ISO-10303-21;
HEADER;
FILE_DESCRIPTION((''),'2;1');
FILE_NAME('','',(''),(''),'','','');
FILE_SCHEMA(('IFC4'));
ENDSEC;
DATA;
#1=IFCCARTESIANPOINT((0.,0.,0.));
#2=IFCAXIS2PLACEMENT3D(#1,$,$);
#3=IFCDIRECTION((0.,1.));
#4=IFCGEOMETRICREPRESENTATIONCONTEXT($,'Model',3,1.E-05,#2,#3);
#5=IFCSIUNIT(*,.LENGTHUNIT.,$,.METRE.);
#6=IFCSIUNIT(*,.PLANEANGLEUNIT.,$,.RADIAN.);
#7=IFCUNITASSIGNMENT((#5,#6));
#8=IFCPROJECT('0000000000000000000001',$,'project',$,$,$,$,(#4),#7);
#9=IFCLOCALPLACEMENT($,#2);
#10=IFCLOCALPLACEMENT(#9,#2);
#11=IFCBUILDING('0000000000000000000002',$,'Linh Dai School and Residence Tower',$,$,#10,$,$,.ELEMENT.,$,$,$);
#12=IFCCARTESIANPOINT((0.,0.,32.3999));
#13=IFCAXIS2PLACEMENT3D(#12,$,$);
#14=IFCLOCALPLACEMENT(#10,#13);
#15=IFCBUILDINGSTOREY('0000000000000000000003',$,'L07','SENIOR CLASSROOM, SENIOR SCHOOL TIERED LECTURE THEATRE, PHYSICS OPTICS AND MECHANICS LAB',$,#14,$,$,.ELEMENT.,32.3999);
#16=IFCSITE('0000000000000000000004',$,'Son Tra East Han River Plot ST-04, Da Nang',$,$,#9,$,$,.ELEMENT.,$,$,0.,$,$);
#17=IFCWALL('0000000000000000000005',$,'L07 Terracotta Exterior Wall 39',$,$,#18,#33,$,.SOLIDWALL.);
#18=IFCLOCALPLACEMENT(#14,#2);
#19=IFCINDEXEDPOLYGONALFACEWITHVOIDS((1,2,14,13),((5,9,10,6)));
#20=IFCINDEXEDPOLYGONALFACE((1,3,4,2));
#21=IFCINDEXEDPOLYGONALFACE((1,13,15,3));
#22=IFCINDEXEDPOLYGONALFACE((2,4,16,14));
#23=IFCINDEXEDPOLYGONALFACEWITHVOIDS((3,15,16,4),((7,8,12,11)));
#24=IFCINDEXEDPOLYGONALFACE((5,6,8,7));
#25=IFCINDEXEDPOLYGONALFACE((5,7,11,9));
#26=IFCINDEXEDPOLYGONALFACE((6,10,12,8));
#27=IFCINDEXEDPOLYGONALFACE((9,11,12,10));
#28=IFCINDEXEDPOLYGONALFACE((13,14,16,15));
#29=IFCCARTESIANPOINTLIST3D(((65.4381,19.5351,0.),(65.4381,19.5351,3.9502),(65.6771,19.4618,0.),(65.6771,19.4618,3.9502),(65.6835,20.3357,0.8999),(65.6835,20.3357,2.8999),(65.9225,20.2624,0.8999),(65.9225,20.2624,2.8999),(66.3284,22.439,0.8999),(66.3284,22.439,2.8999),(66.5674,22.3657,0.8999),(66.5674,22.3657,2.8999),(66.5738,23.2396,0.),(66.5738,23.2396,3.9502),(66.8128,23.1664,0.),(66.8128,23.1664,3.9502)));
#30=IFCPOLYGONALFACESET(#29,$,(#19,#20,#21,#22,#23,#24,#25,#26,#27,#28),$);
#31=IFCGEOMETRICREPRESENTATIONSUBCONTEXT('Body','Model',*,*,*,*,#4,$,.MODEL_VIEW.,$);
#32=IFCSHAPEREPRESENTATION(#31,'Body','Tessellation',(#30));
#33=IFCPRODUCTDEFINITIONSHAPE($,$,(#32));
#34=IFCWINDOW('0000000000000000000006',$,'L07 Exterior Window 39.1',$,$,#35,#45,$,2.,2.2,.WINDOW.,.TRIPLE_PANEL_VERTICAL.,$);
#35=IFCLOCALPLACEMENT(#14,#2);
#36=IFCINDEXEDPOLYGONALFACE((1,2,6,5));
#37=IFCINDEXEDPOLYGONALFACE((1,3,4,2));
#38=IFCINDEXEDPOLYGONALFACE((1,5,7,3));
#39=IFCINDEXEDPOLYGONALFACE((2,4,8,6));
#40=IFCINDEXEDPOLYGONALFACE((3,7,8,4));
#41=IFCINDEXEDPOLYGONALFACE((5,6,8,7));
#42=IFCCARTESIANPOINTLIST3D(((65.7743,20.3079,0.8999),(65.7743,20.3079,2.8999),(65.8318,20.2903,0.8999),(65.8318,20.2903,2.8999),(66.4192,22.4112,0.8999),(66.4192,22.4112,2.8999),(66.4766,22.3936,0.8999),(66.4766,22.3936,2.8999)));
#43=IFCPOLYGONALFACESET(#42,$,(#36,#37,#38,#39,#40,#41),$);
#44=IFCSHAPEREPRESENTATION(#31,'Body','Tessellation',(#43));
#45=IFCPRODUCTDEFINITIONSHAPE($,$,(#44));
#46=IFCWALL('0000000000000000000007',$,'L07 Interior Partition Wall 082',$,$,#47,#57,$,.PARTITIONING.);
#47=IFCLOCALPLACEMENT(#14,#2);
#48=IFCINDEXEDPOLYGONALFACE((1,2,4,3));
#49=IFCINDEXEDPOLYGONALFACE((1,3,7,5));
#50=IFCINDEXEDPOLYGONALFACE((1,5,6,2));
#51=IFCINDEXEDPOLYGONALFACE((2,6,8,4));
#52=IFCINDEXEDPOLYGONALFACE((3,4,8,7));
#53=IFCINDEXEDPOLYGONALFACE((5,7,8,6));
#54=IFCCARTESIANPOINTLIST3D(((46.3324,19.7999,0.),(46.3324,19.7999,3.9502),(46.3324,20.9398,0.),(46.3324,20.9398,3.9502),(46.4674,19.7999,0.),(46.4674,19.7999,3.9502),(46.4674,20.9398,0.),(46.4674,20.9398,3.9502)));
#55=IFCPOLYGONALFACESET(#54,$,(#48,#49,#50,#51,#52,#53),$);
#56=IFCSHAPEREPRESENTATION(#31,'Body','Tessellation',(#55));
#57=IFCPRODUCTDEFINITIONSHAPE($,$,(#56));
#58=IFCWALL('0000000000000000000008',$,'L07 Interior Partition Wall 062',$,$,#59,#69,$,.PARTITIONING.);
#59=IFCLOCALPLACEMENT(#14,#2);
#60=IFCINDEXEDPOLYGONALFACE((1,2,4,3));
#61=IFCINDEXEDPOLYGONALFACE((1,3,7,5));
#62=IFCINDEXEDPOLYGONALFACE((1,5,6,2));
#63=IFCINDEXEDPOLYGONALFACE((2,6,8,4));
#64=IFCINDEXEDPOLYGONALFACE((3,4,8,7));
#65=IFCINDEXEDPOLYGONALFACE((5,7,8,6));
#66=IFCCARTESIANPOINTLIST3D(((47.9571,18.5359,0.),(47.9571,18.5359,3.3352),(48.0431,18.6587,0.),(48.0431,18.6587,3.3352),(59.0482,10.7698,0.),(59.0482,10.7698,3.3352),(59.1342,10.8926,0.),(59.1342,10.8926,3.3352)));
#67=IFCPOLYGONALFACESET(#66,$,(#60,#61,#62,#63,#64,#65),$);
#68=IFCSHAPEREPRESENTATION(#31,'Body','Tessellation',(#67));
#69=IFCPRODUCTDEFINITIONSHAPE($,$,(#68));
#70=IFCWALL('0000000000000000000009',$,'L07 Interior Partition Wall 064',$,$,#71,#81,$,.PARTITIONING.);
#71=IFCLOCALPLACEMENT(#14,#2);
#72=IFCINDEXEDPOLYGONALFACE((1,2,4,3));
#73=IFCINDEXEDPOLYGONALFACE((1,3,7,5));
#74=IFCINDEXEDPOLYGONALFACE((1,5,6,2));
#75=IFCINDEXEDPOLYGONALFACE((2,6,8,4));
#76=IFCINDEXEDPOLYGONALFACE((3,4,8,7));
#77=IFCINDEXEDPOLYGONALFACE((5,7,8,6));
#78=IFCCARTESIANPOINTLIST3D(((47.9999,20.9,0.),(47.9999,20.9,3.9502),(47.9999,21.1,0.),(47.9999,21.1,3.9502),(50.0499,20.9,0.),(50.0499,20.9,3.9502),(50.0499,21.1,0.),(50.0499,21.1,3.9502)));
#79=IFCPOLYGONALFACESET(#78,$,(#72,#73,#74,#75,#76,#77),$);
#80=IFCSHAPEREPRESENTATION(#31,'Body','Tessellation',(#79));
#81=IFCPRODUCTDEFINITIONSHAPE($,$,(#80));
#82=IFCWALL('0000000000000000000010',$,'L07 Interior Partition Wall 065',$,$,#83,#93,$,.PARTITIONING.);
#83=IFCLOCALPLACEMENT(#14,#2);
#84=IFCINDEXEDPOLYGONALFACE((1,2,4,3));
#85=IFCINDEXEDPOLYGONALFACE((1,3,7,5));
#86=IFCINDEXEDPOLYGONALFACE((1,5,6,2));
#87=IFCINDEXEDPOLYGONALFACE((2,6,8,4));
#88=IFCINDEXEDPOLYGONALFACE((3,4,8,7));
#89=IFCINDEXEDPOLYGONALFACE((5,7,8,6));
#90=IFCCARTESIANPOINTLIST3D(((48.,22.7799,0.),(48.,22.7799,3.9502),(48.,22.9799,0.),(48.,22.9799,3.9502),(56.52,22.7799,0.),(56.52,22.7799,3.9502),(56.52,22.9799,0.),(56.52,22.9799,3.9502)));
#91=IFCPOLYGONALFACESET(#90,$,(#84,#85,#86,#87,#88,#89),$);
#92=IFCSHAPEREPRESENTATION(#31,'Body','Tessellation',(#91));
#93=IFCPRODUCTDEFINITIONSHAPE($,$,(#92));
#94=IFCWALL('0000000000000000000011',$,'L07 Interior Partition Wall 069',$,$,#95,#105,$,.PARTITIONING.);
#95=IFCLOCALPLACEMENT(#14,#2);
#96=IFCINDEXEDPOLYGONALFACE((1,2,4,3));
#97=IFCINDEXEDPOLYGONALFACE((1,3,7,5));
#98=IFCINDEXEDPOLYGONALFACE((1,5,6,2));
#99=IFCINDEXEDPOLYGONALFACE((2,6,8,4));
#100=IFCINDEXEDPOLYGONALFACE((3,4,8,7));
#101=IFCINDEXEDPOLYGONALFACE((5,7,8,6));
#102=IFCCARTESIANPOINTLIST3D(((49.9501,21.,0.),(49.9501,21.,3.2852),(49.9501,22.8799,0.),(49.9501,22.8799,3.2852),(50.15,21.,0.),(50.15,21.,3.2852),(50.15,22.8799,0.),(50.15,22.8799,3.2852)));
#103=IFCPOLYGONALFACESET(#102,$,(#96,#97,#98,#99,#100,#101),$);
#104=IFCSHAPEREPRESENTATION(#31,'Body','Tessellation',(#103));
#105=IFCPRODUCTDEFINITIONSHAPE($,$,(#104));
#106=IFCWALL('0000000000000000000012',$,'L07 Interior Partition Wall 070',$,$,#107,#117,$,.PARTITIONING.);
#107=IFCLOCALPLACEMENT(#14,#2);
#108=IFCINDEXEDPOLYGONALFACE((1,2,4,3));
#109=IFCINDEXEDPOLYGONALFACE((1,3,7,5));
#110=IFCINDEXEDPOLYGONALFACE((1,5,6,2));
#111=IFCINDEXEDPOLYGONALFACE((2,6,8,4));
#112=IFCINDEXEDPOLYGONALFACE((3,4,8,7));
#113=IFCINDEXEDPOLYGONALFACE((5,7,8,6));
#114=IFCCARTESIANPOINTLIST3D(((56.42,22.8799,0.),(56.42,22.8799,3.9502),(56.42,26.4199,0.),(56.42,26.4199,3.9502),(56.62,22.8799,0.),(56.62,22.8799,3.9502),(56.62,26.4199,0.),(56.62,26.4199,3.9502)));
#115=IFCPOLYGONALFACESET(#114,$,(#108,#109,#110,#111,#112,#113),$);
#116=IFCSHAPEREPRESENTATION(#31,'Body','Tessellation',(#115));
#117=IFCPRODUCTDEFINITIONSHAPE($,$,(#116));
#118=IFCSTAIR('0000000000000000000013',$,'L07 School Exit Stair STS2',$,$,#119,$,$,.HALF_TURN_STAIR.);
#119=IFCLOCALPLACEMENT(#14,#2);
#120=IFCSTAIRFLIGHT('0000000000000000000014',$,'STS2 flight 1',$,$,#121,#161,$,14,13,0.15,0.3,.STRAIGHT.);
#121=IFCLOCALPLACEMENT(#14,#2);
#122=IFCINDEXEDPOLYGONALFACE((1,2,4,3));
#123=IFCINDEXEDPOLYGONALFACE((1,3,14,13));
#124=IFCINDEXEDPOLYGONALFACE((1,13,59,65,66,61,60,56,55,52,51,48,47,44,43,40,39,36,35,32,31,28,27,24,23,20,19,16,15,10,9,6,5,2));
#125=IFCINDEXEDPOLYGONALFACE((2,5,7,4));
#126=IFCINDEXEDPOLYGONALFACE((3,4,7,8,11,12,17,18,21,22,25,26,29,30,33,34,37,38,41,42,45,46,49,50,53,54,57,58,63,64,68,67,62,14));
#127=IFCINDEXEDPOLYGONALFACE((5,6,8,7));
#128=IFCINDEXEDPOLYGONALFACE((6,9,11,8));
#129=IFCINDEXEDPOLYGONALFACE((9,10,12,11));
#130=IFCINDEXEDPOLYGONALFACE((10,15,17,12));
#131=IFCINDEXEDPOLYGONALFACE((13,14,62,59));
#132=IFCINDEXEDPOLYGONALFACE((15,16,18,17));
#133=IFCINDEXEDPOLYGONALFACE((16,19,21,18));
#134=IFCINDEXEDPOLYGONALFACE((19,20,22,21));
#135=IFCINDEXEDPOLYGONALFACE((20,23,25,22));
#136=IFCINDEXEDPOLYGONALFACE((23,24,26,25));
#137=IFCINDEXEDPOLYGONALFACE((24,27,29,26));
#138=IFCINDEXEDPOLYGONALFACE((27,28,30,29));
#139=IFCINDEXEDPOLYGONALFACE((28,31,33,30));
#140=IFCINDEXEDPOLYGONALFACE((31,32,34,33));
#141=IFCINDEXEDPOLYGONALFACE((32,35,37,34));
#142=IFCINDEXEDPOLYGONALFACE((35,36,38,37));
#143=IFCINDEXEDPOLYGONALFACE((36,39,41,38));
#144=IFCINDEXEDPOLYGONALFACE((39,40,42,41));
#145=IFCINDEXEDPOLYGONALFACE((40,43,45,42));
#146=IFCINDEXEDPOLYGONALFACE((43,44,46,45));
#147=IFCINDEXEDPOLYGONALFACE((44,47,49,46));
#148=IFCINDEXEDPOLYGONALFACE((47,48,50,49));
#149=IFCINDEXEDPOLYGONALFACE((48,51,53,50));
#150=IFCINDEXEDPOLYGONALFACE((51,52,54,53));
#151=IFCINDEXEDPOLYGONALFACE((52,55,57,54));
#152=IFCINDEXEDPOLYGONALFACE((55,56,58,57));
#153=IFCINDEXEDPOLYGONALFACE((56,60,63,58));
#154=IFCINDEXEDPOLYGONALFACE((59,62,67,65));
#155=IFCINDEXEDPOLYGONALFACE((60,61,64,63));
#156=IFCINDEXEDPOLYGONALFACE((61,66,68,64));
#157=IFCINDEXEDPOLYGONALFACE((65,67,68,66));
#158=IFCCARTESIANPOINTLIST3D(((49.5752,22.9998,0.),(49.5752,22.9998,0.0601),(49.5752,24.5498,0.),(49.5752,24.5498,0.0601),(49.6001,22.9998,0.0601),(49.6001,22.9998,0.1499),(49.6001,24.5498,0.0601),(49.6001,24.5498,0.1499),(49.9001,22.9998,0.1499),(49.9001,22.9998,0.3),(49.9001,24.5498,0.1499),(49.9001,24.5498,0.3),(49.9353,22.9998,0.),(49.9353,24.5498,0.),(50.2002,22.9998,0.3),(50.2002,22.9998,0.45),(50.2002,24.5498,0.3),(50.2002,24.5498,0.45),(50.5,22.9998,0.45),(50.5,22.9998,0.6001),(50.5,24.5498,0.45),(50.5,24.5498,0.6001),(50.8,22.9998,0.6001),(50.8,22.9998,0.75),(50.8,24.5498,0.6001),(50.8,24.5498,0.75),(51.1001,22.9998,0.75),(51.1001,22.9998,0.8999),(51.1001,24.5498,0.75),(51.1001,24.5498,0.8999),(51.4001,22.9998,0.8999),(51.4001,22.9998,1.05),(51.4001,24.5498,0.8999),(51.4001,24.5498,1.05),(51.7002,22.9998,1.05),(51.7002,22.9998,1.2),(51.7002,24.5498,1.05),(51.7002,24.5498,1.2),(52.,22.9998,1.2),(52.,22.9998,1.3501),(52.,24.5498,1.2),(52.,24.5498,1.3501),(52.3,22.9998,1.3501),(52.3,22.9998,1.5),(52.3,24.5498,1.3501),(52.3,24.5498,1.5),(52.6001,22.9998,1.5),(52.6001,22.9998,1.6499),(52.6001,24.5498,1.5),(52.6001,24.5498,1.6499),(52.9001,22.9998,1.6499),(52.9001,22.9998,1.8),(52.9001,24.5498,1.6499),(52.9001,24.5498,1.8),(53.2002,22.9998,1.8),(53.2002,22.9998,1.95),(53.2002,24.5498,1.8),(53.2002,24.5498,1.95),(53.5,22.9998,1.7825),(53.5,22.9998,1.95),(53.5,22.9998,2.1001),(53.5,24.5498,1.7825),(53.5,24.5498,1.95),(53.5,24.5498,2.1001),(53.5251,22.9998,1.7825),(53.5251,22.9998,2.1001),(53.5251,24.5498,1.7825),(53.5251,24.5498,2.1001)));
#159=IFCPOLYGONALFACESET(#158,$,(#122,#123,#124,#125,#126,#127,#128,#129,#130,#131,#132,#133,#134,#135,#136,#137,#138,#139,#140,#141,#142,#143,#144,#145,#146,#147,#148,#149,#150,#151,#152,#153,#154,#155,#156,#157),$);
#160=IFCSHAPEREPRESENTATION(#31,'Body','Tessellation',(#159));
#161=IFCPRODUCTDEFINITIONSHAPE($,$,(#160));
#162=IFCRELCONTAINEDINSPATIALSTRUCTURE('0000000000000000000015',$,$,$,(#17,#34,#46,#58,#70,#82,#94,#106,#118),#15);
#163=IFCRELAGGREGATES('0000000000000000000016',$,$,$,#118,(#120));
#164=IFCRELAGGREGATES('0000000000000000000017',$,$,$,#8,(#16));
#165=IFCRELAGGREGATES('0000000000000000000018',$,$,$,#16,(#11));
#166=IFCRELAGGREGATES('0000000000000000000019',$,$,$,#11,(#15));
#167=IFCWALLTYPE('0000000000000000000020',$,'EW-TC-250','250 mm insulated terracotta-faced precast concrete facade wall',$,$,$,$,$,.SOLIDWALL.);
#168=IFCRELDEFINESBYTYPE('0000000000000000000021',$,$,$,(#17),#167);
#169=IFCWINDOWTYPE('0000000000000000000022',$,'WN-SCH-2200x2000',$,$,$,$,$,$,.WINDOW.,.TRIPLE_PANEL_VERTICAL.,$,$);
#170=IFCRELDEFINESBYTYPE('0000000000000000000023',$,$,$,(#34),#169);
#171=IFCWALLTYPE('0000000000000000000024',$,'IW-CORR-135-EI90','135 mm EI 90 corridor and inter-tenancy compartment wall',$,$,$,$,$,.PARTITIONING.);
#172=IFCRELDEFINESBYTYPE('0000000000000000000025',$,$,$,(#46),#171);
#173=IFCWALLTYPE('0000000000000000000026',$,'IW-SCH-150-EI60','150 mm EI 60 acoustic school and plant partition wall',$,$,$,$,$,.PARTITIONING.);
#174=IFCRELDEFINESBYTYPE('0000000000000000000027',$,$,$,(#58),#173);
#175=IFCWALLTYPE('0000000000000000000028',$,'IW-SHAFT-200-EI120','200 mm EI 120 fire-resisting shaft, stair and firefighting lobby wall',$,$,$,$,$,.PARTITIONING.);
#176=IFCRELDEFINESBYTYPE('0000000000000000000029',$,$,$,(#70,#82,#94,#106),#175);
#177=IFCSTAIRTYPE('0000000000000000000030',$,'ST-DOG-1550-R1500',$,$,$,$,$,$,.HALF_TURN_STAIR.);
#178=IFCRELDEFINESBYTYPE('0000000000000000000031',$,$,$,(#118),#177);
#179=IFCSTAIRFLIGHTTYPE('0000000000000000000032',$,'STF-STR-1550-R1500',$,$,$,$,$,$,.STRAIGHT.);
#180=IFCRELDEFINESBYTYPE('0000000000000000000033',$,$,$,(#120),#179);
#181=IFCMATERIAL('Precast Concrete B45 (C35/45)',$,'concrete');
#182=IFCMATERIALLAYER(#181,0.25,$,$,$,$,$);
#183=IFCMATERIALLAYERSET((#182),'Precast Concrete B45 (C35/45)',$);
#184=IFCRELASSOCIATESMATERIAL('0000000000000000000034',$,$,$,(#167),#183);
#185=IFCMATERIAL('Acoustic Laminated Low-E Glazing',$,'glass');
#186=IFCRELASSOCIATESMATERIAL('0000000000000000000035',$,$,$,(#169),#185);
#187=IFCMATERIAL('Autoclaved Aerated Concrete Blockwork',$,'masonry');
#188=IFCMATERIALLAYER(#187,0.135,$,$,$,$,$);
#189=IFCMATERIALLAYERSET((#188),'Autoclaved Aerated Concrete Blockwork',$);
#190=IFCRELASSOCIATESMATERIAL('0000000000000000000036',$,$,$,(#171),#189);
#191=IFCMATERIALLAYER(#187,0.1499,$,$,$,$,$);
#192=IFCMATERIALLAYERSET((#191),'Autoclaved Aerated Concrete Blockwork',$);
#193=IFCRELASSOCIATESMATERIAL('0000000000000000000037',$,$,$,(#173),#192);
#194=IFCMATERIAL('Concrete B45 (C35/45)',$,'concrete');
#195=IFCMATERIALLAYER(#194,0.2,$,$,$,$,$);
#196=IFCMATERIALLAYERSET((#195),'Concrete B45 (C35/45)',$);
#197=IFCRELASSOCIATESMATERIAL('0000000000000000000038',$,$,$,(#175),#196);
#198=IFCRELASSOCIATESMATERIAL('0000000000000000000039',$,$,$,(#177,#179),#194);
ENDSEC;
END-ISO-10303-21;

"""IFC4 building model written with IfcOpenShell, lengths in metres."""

from ifc_helpers import new_model, si_unit, direction, frame, frame_2d, origin, origin_2d, place, context, subcontext, project, spatial, polyline, rectangle, outline, extrude, source, transform, mapped, material, layer, layer_set, type_object, element, fill, aggregate, save


model = new_model("IFC4")

# Units and contexts
model_context = context("Model", 3, precision=1e-05, world=origin(), true_north=direction((0.0, 1.0)))
body_context = subcontext(model_context, "Body", "Model", "MODEL_VIEW")
ifc_project = project(units=[si_unit("LENGTHUNIT", "METRE"), si_unit("PLANEANGLEUNIT", "RADIAN")], contexts=[model_context])

# Site, building, storey
site_placement = place(None, origin())
site = spatial("IfcSite", under=ifc_project, at=site_placement, Name="Son Tra East Han River Plot ST-04, Da Nang", CompositionType="ELEMENT", RefElevation=0.0)
building_placement = place(site_placement, origin())
building = spatial("IfcBuilding", under=site, at=building_placement, Name="Linh Dai School and Residence Tower", CompositionType="ELEMENT")
storey_placement = place(building_placement, frame((0.0, 0.0, 32.3999)))
storey = spatial("IfcBuildingStorey", under=building, at=storey_placement, Name="L07", Description="SENIOR CLASSROOM, SENIOR SCHOOL TIERED LECTURE THEATRE, PHYSICS OPTICS AND MECHANICS LAB", CompositionType="ELEMENT", Elevation=32.3999)

# Shared definitions
ifc_material_1 = material(Name="Precast Concrete B45 (C35/45)", Category="concrete")
ifc_layer_1 = layer(ifc_material_1, 0.25)
ifc_layer_set_1 = layer_set([ifc_layer_1], Name="Precast Concrete B45 (C35/45)")
wall_type_1 = type_object("IfcWallType", Name="EW-TC-250", Description="250 mm insulated terracotta-faced precast concrete facade wall", PredefinedType="SOLIDWALL", material=ifc_layer_set_1)

# Wall, opening, window
wall_1_placement = place(storey_placement, frame((66.6934, 23.2031, 0.0), z_axis=(0.0, 0.0, 1.0), x_axis=(-0.293112, -0.956078, 0.0)))
wall_1 = element("IfcWall", 1, at=wall_1_placement, inside=storey, type_object=wall_type_1, Name="L07 Terracotta Exterior Wall 39", PredefinedType="SOLIDWALL", context=body_context, shape_type="SweptSolid", body=[
    extrude(rectangle(XDim=3.8748, YDim=0.25, at=frame_2d((1.9375, 0.0))), origin(), (0.0, 0.0, 1.0), 3.9502),
])
opening_1_placement = place(wall_1_placement, frame((0.8374, 0.0, 0.8999)))
opening_1 = element("IfcOpeningElement", 2, at=opening_1_placement, cuts=wall_1, PredefinedType="OPENING", context=body_context, shape_type="SweptSolid", body=[
    extrude(rectangle(XDim=2.2, YDim=2.0, at=origin_2d()), frame((1.1001, 0.135, 1.0), z_axis=(0.0, -1.0, 0.0), x_axis=(1.0, 0.0, 0.0)), (0.0, 0.0, 1.0), 0.27),
])
ifc_material_2 = material(Name="Acoustic Laminated Low-E Glazing", Category="glass")
window_type = type_object("IfcWindowType", Name="WN-SCH-2200x2000", PartitioningType="TRIPLE_PANEL_VERTICAL", PredefinedType="WINDOW", material=ifc_material_2)
shared_shape_1 = source(origin(), body_context, "Body", "SweptSolid", [
    extrude(rectangle(XDim=2.2, YDim=2.0, at=origin_2d()), frame((1.1001, 0.03, 1.0), z_axis=(0.0, -1.0, 0.0), x_axis=(1.0, 0.0, 0.0)), (0.0, 0.0, 1.0), 0.0601),
])
window_placement = place(opening_1_placement, origin())
window = element("IfcWindow", 3, at=window_placement, inside=storey, type_object=window_type, Name="L07 Exterior Window 39.1", OverallHeight=2.0, OverallWidth=2.2, PartitioningType="TRIPLE_PANEL_VERTICAL", PredefinedType="WINDOW", context=body_context, shape_type="MappedRepresentation", body=[
    mapped(shared_shape_1, transform((0.0, 0.0, 0.0), x_axis=(1.0, 0.0, 0.0), y_axis=(0.0, 1.0, 0.0), z_axis=(0.0, 0.0, 1.0), scale=1.0)),
])
fill(opening_1, window)

# Walls
ifc_material_3 = material(Name="Autoclaved Aerated Concrete Blockwork", Category="masonry")
ifc_layer_2 = layer(ifc_material_3, 0.135)
ifc_layer_set_2 = layer_set([ifc_layer_2], Name="Autoclaved Aerated Concrete Blockwork")
wall_type_2 = type_object("IfcWallType", Name="IW-CORR-135-EI90", Description="135 mm EI 90 corridor and inter-tenancy compartment wall", PredefinedType="PARTITIONING", material=ifc_layer_set_2)
wall_2_placement = place(storey_placement, frame((46.3999, 19.8, 0.0), z_axis=(0.0, 0.0, 1.0), x_axis=(0.0, 1.0, 0.0)))
element("IfcWall", 4, at=wall_2_placement, inside=storey, type_object=wall_type_2, Name="L07 Interior Partition Wall 082", PredefinedType="PARTITIONING", context=body_context, shape_type="SweptSolid", body=[
    extrude(rectangle(XDim=1.1399, YDim=0.135, at=frame_2d((0.5698, 0.0))), origin(), (0.0, 0.0, 1.0), 3.9502),
])
ifc_layer_3 = layer(ifc_material_3, 0.1499)
ifc_layer_set_3 = layer_set([ifc_layer_3], Name="Autoclaved Aerated Concrete Blockwork")
wall_type_3 = type_object("IfcWallType", Name="IW-SCH-150-EI60", Description="150 mm EI 60 acoustic school and plant partition wall", PredefinedType="PARTITIONING", material=ifc_layer_set_3)
wall_3_placement = place(storey_placement, frame((48.0, 18.5974, 0.0), z_axis=(0.0, 0.0, 1.0), x_axis=(0.81915, -0.57358, 0.0)))
element("IfcWall", 5, at=wall_3_placement, inside=storey, type_object=wall_type_3, Name="L07 Interior Partition Wall 062", PredefinedType="PARTITIONING", context=body_context, shape_type="SweptSolid", body=[
    extrude(rectangle(XDim=13.5398, YDim=0.1499, at=frame_2d((6.77, 0.0))), origin(), (0.0, 0.0, 1.0), 3.3352),
])

# Shared definitions
ifc_material_4 = material(Name="Concrete B45 (C35/45)", Category="concrete")
ifc_layer_4 = layer(ifc_material_4, 0.2)
ifc_layer_set_4 = layer_set([ifc_layer_4], Name="Concrete B45 (C35/45)")
wall_type_4 = type_object("IfcWallType", Name="IW-SHAFT-200-EI120", Description="200 mm EI 120 fire-resisting shaft, stair and firefighting lobby wall", PredefinedType="PARTITIONING", material=ifc_layer_set_4)

# Walls
wall_4_placement = place(storey_placement, frame((48.0, 21.0, 0.0), z_axis=(0.0, 0.0, 1.0), x_axis=(1.0, 0.0, 0.0)))
element("IfcWall", 6, at=wall_4_placement, inside=storey, type_object=wall_type_4, Name="L07 Interior Partition Wall 064", PredefinedType="PARTITIONING", context=body_context, shape_type="SweptSolid", body=[
    extrude(rectangle(XDim=2.05, YDim=0.2, at=frame_2d((1.0249, 0.0))), origin(), (0.0, 0.0, 1.0), 3.9502),
])
wall_5_placement = place(storey_placement, frame((48.0, 22.8799, 0.0), z_axis=(0.0, 0.0, 1.0), x_axis=(1.0, 0.0, 0.0)))
element("IfcWall", 7, at=wall_5_placement, inside=storey, type_object=wall_type_4, Name="L07 Interior Partition Wall 065", PredefinedType="PARTITIONING", context=body_context, shape_type="SweptSolid", body=[
    extrude(rectangle(XDim=8.52, YDim=0.2, at=frame_2d((4.26, 0.0))), origin(), (0.0, 0.0, 1.0), 3.9502),
])
wall_6_placement = place(storey_placement, frame((50.05, 21.0, 0.0), z_axis=(0.0, 0.0, 1.0), x_axis=(0.0, 1.0, 0.0)))
element("IfcWall", 8, at=wall_6_placement, inside=storey, type_object=wall_type_4, Name="L07 Interior Partition Wall 069", PredefinedType="PARTITIONING", context=body_context, shape_type="SweptSolid", body=[
    extrude(rectangle(XDim=1.8799, YDim=0.2, at=frame_2d((0.9399, 0.0))), origin(), (0.0, 0.0, 1.0), 3.2852),
])
wall_7_placement = place(storey_placement, frame((56.52, 22.8799, 0.0), z_axis=(0.0, 0.0, 1.0), x_axis=(0.0, 1.0, 0.0)))
element("IfcWall", 9, at=wall_7_placement, inside=storey, type_object=wall_type_4, Name="L07 Interior Partition Wall 070", PredefinedType="PARTITIONING", context=body_context, shape_type="SweptSolid", body=[
    extrude(rectangle(XDim=3.54, YDim=0.2, at=frame_2d((1.77, 0.0))), origin(), (0.0, 0.0, 1.0), 3.9502),
])

# Stair, stair flight
stair_type = type_object("IfcStairType", Name="ST-DOG-1550-R1500", PredefinedType="HALF_TURN_STAIR", material=ifc_material_4)
stair_placement = place(storey_placement, origin())
stair = element("IfcStair", 10, at=stair_placement, inside=storey, type_object=stair_type, Name="L07 School Exit Stair STS2", PredefinedType="HALF_TURN_STAIR")
stair_flight_type = type_object("IfcStairFlightType", Name="STF-STR-1550-R1500", PredefinedType="STRAIGHT", material=ifc_material_4)
shared_shape_2 = source(origin(), body_context, "Body", "SweptSolid", [
    extrude(outline(polyline([(-0.0249, 0.0), (-0.0249, 0.0601), (0.0, 0.0601), (0.0, 0.1499), (0.3, 0.1499), (0.3, 0.3), (0.6001, 0.3), (0.6001, 0.45), (0.8999, 0.45), (0.8999, 0.6001), (1.2, 0.6001), (1.2, 0.75), (1.5, 0.75), (1.5, 0.8999), (1.8, 0.8999), (1.8, 1.05), (2.1001, 1.05), (2.1001, 1.2), (2.3999, 1.2), (2.3999, 1.3501), (2.7, 1.3501), (2.7, 1.5), (3.0, 1.5), (3.0, 1.6499), (3.3, 1.6499), (3.3, 1.8), (3.6001, 1.8), (3.6001, 1.95), (3.8999, 1.95), (3.8999, 2.1001), (3.925, 2.1001), (3.925, 1.7825), (3.8999, 1.7825), (0.3352, 0.0), (-0.0249, 0.0)])), frame((0.0, 0.7749, 0.0), z_axis=(0.0, -1.0, 0.0), x_axis=(1.0, 0.0, 0.0)), (0.0, 0.0, 1.0), 1.55),
])
stair_flight_placement = place(storey_placement, frame((49.6001, 23.7749, 0.0), z_axis=(0.0, 0.0, 1.0), x_axis=(1.0, 0.0, 0.0)))
stair_flight = element("IfcStairFlight", 11, at=stair_flight_placement, type_object=stair_flight_type, Name="STS2 flight 1", NumberOfRisers=14, NumberOfTreads=13, PredefinedType="STRAIGHT", RiserHeight=0.15, TreadLength=0.3, context=body_context, shape_type="MappedRepresentation", body=[
    mapped(shared_shape_2, transform((0.0, 0.0, 0.0), x_axis=(1.0, 0.0, 0.0), y_axis=(0.0, 1.0, 0.0), z_axis=(0.0, 0.0, 1.0), scale=1.0)),
])
aggregate(stair, [stair_flight])

save(model, "model.ifc")
